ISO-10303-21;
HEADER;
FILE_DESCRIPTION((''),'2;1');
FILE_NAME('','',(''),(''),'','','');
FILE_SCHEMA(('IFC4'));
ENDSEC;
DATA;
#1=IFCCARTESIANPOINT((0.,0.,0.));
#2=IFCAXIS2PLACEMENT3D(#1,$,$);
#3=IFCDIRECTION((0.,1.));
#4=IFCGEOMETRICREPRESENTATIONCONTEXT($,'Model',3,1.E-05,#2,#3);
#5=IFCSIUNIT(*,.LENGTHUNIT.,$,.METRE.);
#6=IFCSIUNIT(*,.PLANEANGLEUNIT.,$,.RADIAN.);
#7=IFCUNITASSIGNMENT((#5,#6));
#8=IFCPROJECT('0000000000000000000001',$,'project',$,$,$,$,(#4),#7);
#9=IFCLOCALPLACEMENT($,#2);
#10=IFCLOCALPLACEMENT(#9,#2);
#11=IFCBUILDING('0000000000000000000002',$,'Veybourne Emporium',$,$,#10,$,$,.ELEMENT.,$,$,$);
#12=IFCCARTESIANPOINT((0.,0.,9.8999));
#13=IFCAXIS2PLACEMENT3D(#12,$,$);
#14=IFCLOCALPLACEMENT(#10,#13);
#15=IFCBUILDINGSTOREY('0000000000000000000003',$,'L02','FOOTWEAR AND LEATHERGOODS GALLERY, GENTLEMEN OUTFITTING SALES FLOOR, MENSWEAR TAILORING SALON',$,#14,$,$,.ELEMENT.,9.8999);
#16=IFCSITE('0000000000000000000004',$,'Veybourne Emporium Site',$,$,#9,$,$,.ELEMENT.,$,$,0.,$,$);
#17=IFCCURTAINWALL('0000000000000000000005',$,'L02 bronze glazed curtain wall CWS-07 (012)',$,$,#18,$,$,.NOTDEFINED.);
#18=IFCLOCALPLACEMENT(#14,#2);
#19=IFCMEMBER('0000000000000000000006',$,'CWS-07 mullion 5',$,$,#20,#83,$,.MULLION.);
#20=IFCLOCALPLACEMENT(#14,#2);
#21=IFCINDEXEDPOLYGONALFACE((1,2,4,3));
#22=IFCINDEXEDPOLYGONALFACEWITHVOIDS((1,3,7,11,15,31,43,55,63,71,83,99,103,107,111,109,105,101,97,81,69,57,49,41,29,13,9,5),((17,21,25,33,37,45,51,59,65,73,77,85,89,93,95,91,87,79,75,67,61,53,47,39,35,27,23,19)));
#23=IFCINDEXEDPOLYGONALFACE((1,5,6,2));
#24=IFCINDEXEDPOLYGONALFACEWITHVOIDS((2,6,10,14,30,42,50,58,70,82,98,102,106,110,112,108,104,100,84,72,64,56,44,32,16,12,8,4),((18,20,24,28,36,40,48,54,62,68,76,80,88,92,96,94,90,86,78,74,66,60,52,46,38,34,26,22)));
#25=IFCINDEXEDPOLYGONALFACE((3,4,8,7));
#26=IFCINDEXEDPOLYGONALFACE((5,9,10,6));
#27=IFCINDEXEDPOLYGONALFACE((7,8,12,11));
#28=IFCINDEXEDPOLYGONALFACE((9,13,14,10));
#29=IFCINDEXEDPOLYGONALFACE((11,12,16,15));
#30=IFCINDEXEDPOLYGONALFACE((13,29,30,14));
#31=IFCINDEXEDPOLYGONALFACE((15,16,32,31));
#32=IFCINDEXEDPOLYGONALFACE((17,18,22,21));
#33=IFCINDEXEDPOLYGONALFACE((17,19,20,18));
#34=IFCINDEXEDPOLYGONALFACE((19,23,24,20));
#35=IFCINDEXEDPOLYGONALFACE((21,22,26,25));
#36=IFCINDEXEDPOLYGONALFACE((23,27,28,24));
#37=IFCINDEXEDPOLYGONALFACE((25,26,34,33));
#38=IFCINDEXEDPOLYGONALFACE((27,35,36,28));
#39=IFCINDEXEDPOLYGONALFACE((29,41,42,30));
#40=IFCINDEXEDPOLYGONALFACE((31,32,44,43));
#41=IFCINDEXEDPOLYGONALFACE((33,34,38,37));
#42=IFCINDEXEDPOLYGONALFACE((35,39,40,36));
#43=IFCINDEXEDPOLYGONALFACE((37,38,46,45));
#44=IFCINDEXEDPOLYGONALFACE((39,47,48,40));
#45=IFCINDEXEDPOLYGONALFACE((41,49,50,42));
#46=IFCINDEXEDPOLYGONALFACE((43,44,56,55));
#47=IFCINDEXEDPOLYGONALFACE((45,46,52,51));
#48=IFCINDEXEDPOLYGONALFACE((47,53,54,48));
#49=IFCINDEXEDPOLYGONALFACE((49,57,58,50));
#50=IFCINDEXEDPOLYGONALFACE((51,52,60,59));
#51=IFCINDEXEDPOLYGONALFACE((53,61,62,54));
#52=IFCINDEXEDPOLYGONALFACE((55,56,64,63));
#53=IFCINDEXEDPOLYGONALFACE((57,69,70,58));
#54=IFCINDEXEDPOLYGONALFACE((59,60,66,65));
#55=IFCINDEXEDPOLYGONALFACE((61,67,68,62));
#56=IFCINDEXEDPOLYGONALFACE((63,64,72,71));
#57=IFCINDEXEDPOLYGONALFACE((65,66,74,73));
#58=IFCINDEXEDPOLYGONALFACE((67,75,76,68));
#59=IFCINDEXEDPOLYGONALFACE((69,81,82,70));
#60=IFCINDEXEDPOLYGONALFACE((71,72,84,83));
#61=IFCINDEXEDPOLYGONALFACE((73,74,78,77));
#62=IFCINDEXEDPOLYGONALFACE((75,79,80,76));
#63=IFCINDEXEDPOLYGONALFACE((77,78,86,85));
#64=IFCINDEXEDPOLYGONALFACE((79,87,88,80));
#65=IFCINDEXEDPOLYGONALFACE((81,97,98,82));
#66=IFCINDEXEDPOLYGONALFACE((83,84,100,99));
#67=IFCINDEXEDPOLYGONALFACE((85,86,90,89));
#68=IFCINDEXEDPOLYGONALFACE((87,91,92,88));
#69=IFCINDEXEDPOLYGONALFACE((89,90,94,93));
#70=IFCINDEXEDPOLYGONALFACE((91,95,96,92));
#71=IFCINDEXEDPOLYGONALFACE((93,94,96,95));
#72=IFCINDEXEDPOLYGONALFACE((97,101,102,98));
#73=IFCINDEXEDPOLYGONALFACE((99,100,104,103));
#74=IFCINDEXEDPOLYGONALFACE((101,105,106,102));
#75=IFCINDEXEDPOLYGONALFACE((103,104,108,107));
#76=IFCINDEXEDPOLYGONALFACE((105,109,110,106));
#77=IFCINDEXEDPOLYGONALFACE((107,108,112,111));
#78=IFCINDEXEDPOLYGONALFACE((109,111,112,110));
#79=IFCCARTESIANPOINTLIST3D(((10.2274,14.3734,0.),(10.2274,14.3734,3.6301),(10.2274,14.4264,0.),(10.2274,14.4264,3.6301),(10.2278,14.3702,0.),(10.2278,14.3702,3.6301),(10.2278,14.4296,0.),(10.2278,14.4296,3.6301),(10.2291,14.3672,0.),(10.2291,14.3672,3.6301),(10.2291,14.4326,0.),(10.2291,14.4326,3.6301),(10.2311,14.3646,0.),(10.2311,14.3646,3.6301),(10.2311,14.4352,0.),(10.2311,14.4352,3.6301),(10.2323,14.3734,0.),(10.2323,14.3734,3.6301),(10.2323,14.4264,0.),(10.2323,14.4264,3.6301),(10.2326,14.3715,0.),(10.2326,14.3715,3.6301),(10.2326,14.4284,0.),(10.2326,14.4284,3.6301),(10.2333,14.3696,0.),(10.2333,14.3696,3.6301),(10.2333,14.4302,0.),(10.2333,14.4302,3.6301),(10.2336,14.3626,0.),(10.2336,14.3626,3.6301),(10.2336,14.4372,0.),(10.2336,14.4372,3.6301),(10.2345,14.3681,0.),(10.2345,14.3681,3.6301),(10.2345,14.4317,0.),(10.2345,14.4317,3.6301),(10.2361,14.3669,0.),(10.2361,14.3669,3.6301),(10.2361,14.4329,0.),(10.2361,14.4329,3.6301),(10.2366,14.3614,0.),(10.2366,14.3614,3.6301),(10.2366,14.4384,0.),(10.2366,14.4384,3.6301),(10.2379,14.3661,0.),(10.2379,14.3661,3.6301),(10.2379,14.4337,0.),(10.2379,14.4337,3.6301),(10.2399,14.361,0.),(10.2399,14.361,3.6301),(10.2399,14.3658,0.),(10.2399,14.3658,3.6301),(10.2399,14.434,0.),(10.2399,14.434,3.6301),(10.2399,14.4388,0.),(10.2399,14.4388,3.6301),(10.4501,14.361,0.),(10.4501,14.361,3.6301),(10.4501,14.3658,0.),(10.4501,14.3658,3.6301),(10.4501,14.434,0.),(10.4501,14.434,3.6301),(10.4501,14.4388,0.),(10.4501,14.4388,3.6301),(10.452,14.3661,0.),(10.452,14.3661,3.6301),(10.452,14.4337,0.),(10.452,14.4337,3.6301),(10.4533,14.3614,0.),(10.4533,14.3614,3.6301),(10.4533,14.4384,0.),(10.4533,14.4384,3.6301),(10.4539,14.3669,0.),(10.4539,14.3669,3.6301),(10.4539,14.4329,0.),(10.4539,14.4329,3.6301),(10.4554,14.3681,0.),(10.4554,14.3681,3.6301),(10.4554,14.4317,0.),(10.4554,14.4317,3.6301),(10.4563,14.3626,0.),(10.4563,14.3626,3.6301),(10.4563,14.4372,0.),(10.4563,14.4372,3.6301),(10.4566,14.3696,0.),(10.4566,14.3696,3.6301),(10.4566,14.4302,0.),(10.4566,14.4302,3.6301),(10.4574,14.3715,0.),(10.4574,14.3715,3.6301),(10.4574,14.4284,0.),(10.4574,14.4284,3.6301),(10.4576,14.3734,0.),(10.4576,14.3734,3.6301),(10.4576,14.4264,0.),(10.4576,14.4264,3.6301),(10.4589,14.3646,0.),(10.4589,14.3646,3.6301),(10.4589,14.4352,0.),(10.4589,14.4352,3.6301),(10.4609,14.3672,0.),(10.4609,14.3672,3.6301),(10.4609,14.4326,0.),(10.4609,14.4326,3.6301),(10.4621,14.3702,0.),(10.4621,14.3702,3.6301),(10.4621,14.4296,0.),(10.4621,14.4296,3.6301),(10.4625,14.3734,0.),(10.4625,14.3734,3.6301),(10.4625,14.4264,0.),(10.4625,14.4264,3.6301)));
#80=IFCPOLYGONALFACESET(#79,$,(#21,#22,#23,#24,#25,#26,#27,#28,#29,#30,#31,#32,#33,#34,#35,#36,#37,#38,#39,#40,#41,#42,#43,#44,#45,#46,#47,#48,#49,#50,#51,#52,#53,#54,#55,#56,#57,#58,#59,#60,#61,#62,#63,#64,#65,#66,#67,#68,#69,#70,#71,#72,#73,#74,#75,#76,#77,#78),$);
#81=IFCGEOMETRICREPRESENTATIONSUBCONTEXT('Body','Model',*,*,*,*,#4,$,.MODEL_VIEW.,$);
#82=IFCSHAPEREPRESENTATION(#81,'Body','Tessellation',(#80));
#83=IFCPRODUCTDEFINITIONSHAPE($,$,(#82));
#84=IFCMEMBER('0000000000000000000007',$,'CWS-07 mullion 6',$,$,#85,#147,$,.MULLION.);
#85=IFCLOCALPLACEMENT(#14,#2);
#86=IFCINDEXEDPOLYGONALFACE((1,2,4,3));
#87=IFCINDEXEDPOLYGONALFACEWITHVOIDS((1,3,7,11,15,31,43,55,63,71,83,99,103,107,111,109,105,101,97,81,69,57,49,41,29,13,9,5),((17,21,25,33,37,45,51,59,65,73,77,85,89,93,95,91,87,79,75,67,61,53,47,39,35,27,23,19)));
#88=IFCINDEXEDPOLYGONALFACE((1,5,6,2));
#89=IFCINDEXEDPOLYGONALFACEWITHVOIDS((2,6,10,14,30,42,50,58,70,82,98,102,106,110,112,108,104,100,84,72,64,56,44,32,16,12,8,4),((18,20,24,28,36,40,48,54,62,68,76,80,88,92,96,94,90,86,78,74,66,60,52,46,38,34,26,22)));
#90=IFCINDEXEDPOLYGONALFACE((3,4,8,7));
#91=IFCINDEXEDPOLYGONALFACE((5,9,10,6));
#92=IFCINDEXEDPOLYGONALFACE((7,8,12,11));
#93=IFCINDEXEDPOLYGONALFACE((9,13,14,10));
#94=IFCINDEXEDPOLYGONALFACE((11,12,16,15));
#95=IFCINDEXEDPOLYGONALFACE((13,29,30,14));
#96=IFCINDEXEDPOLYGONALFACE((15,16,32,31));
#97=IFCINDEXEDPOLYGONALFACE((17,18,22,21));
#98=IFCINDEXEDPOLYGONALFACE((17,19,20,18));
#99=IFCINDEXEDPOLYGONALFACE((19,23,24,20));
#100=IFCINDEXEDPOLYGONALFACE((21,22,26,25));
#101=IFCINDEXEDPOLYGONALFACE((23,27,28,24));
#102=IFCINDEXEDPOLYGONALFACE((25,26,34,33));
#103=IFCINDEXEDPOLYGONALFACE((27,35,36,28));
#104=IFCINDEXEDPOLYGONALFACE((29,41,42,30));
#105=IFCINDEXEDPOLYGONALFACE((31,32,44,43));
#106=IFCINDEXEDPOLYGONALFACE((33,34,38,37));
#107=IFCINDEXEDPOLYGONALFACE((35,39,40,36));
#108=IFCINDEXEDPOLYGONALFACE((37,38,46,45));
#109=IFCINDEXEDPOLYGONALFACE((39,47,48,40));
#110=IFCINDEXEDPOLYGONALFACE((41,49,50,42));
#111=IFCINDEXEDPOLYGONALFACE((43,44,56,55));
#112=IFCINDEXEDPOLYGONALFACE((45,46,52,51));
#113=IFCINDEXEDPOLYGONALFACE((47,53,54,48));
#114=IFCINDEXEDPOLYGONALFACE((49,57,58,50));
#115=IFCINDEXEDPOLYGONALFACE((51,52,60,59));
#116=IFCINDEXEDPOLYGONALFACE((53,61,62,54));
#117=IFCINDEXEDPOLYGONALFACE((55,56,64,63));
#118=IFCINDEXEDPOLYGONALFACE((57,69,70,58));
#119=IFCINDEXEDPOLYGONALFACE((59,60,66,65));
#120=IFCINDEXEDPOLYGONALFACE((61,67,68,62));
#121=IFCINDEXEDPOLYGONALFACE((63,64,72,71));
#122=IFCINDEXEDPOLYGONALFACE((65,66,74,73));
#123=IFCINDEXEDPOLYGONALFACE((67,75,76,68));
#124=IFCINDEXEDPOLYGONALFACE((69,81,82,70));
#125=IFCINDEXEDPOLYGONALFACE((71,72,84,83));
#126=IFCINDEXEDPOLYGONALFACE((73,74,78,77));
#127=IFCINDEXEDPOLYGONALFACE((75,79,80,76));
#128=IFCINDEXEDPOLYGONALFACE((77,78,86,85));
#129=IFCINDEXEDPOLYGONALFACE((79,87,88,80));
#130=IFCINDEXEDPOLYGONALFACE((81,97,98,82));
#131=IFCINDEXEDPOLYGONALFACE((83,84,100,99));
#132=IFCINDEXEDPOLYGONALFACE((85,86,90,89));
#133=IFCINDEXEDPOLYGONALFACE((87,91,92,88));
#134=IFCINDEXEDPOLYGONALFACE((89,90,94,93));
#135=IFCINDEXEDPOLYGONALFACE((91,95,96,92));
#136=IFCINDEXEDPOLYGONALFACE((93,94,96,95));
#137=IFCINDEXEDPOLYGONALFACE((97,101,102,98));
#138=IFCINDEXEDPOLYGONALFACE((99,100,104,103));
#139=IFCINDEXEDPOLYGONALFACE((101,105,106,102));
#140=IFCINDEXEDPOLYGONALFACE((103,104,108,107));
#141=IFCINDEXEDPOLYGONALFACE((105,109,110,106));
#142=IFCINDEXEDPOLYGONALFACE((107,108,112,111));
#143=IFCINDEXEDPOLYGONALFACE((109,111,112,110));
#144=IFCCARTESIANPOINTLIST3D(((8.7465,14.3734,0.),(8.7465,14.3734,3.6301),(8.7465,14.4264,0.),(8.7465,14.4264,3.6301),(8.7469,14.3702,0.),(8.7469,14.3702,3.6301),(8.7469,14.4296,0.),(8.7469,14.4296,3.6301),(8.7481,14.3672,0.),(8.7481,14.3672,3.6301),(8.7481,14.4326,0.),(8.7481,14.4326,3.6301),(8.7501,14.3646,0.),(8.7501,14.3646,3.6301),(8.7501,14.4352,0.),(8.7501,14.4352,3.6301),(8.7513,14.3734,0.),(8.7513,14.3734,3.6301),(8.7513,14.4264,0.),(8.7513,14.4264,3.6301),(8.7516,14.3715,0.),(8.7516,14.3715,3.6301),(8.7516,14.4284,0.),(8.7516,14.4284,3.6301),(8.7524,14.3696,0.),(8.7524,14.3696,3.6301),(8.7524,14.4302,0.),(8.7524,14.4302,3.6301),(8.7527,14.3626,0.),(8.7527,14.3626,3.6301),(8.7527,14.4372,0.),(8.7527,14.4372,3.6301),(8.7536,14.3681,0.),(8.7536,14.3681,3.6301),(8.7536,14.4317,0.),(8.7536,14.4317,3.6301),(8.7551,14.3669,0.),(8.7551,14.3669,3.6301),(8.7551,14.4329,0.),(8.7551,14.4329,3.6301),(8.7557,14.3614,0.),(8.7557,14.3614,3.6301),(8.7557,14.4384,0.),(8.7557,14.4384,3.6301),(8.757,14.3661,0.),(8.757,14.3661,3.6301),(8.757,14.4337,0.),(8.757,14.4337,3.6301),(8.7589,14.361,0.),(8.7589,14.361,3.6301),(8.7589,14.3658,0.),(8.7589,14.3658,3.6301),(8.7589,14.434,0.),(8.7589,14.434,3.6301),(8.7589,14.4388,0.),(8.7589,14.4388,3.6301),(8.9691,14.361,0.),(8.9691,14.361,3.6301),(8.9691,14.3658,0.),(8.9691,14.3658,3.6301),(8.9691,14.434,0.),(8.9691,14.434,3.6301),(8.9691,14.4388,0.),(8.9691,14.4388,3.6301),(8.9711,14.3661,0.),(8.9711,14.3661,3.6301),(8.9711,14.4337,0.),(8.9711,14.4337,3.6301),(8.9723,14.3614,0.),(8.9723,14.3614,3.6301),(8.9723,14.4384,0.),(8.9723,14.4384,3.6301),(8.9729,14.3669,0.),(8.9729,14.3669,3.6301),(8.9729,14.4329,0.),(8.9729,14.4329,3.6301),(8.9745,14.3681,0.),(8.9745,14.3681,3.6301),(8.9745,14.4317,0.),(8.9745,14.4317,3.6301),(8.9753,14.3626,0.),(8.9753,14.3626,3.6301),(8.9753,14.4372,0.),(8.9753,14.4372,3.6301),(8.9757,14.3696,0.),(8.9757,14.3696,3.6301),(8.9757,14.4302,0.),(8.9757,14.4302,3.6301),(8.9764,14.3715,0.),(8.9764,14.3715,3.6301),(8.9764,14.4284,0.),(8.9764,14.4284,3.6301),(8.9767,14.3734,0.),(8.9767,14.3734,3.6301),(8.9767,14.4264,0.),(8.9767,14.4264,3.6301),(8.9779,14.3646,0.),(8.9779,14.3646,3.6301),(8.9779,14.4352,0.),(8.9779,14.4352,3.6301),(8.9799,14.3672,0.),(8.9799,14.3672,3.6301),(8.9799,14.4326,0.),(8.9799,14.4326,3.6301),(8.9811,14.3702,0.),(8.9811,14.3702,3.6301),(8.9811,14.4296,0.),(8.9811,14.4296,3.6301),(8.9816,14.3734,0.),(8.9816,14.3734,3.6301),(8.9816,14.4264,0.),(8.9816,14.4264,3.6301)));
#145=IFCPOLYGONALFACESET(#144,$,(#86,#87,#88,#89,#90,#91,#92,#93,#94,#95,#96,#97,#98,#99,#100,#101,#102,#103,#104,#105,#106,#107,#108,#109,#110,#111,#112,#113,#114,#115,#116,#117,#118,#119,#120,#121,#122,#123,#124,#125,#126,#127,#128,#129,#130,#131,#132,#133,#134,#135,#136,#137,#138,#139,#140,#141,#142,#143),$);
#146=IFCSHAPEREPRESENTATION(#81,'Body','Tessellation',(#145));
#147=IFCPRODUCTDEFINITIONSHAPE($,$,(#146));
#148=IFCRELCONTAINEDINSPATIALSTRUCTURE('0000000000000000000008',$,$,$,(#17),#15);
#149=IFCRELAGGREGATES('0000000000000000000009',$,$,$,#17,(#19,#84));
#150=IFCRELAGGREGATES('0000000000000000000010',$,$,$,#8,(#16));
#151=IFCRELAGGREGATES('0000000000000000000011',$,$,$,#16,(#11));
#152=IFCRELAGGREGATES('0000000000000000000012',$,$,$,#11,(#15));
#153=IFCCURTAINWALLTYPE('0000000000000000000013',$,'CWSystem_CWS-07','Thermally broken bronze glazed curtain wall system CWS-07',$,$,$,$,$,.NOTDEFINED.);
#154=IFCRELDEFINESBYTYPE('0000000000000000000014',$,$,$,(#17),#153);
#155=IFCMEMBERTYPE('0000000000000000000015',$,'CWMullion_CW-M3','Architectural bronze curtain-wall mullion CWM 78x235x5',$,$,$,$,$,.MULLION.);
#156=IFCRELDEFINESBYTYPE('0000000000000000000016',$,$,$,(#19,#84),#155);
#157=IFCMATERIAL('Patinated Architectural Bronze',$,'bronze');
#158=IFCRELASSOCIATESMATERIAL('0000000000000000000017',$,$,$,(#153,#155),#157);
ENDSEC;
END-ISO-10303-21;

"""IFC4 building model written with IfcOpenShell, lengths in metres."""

from ifc_helpers import new_model, si_unit, direction, frame, origin, origin_2d, place, context, subcontext, project, spatial, hollow_rectangle, extrude, material, material_profile, profile_set, type_object, element, aggregate, save


model = new_model("IFC4")

# Units and contexts
model_context = context("Model", 3, precision=1e-05, world=origin(), true_north=direction((0.0, 1.0)))
body_context = subcontext(model_context, "Body", "Model", "MODEL_VIEW")
ifc_project = project(units=[si_unit("LENGTHUNIT", "METRE"), si_unit("PLANEANGLEUNIT", "RADIAN")], contexts=[model_context])

# Site, building, storey
site_placement = place(None, origin())
site = spatial("IfcSite", under=ifc_project, at=site_placement, Name="Veybourne Emporium Site", CompositionType="ELEMENT", RefElevation=0.0)
building_placement = place(site_placement, origin())
building = spatial("IfcBuilding", under=site, at=building_placement, Name="Veybourne Emporium", CompositionType="ELEMENT")
storey_placement = place(building_placement, frame((0.0, 0.0, 9.8999)))
storey = spatial("IfcBuildingStorey", under=building, at=storey_placement, Name="L02", Description="FOOTWEAR AND LEATHERGOODS GALLERY, GENTLEMEN OUTFITTING SALES FLOOR, MENSWEAR TAILORING SALON", CompositionType="ELEMENT", Elevation=9.8999)

# Curtain wall, members
ifc_material_1 = material(Name="Patinated Architectural Bronze", Category="bronze")
curtain_wall_type = type_object("IfcCurtainWallType", Name="CWSystem_CWS-07", Description="Thermally broken bronze glazed curtain wall system CWS-07", PredefinedType="NOTDEFINED", material=ifc_material_1)
curtain_wall_placement = place(storey_placement, origin())
curtain_wall = element("IfcCurtainWall", 1, at=curtain_wall_placement, inside=storey, type_object=curtain_wall_type, Name="L02 bronze glazed curtain wall CWS-07 (012)", PredefinedType="NOTDEFINED")
ifc_material_profile_1 = material_profile(ifc_material_1, hollow_rectangle(XDim=0.0779, YDim=0.2351, WallThickness=0.0049, InnerFilletRadius=0.0076, OuterFilletRadius=0.0125, at=origin_2d()), Name="CWM 78x235x5")
ifc_profile_set_1 = profile_set([ifc_material_profile_1], Name="Patinated Architectural Bronze")
member_type_1 = type_object("IfcMemberType", Name="CWMullion_CW-M3", Description="Architectural bronze curtain-wall mullion CWM 78x235x5", PredefinedType="MULLION", material=ifc_profile_set_1)
member_1_placement = place(storey_placement, frame((10.345, 14.3999, 0.0), z_axis=(0.0, 0.0, 1.0), x_axis=(0.0, -1.0, 0.0)))
member_1 = element("IfcMember", 2, at=member_1_placement, type_object=member_type_1, Name="CWS-07 mullion 5", PredefinedType="MULLION", context=body_context, shape_type="SweptSolid", body=[
    extrude(hollow_rectangle(XDim=0.0779, YDim=0.2351, WallThickness=0.0049, InnerFilletRadius=0.0076, OuterFilletRadius=0.0125, at=origin_2d()), origin(), (0.0, 0.0, 1.0), 3.6301),
])
member_2_placement = place(storey_placement, frame((8.864, 14.3999, 0.0), z_axis=(0.0, 0.0, 1.0), x_axis=(0.0, -1.0, 0.0)))
member_2 = element("IfcMember", 3, at=member_2_placement, type_object=member_type_1, Name="CWS-07 mullion 6", PredefinedType="MULLION", context=body_context, shape_type="SweptSolid", body=[
    extrude(hollow_rectangle(XDim=0.0779, YDim=0.2351, WallThickness=0.0049, InnerFilletRadius=0.0076, OuterFilletRadius=0.0125, at=origin_2d()), origin(), (0.0, 0.0, 1.0), 3.6301),
])

aggregate(curtain_wall, [member_1, member_2])

save(model, "model.ifc")
